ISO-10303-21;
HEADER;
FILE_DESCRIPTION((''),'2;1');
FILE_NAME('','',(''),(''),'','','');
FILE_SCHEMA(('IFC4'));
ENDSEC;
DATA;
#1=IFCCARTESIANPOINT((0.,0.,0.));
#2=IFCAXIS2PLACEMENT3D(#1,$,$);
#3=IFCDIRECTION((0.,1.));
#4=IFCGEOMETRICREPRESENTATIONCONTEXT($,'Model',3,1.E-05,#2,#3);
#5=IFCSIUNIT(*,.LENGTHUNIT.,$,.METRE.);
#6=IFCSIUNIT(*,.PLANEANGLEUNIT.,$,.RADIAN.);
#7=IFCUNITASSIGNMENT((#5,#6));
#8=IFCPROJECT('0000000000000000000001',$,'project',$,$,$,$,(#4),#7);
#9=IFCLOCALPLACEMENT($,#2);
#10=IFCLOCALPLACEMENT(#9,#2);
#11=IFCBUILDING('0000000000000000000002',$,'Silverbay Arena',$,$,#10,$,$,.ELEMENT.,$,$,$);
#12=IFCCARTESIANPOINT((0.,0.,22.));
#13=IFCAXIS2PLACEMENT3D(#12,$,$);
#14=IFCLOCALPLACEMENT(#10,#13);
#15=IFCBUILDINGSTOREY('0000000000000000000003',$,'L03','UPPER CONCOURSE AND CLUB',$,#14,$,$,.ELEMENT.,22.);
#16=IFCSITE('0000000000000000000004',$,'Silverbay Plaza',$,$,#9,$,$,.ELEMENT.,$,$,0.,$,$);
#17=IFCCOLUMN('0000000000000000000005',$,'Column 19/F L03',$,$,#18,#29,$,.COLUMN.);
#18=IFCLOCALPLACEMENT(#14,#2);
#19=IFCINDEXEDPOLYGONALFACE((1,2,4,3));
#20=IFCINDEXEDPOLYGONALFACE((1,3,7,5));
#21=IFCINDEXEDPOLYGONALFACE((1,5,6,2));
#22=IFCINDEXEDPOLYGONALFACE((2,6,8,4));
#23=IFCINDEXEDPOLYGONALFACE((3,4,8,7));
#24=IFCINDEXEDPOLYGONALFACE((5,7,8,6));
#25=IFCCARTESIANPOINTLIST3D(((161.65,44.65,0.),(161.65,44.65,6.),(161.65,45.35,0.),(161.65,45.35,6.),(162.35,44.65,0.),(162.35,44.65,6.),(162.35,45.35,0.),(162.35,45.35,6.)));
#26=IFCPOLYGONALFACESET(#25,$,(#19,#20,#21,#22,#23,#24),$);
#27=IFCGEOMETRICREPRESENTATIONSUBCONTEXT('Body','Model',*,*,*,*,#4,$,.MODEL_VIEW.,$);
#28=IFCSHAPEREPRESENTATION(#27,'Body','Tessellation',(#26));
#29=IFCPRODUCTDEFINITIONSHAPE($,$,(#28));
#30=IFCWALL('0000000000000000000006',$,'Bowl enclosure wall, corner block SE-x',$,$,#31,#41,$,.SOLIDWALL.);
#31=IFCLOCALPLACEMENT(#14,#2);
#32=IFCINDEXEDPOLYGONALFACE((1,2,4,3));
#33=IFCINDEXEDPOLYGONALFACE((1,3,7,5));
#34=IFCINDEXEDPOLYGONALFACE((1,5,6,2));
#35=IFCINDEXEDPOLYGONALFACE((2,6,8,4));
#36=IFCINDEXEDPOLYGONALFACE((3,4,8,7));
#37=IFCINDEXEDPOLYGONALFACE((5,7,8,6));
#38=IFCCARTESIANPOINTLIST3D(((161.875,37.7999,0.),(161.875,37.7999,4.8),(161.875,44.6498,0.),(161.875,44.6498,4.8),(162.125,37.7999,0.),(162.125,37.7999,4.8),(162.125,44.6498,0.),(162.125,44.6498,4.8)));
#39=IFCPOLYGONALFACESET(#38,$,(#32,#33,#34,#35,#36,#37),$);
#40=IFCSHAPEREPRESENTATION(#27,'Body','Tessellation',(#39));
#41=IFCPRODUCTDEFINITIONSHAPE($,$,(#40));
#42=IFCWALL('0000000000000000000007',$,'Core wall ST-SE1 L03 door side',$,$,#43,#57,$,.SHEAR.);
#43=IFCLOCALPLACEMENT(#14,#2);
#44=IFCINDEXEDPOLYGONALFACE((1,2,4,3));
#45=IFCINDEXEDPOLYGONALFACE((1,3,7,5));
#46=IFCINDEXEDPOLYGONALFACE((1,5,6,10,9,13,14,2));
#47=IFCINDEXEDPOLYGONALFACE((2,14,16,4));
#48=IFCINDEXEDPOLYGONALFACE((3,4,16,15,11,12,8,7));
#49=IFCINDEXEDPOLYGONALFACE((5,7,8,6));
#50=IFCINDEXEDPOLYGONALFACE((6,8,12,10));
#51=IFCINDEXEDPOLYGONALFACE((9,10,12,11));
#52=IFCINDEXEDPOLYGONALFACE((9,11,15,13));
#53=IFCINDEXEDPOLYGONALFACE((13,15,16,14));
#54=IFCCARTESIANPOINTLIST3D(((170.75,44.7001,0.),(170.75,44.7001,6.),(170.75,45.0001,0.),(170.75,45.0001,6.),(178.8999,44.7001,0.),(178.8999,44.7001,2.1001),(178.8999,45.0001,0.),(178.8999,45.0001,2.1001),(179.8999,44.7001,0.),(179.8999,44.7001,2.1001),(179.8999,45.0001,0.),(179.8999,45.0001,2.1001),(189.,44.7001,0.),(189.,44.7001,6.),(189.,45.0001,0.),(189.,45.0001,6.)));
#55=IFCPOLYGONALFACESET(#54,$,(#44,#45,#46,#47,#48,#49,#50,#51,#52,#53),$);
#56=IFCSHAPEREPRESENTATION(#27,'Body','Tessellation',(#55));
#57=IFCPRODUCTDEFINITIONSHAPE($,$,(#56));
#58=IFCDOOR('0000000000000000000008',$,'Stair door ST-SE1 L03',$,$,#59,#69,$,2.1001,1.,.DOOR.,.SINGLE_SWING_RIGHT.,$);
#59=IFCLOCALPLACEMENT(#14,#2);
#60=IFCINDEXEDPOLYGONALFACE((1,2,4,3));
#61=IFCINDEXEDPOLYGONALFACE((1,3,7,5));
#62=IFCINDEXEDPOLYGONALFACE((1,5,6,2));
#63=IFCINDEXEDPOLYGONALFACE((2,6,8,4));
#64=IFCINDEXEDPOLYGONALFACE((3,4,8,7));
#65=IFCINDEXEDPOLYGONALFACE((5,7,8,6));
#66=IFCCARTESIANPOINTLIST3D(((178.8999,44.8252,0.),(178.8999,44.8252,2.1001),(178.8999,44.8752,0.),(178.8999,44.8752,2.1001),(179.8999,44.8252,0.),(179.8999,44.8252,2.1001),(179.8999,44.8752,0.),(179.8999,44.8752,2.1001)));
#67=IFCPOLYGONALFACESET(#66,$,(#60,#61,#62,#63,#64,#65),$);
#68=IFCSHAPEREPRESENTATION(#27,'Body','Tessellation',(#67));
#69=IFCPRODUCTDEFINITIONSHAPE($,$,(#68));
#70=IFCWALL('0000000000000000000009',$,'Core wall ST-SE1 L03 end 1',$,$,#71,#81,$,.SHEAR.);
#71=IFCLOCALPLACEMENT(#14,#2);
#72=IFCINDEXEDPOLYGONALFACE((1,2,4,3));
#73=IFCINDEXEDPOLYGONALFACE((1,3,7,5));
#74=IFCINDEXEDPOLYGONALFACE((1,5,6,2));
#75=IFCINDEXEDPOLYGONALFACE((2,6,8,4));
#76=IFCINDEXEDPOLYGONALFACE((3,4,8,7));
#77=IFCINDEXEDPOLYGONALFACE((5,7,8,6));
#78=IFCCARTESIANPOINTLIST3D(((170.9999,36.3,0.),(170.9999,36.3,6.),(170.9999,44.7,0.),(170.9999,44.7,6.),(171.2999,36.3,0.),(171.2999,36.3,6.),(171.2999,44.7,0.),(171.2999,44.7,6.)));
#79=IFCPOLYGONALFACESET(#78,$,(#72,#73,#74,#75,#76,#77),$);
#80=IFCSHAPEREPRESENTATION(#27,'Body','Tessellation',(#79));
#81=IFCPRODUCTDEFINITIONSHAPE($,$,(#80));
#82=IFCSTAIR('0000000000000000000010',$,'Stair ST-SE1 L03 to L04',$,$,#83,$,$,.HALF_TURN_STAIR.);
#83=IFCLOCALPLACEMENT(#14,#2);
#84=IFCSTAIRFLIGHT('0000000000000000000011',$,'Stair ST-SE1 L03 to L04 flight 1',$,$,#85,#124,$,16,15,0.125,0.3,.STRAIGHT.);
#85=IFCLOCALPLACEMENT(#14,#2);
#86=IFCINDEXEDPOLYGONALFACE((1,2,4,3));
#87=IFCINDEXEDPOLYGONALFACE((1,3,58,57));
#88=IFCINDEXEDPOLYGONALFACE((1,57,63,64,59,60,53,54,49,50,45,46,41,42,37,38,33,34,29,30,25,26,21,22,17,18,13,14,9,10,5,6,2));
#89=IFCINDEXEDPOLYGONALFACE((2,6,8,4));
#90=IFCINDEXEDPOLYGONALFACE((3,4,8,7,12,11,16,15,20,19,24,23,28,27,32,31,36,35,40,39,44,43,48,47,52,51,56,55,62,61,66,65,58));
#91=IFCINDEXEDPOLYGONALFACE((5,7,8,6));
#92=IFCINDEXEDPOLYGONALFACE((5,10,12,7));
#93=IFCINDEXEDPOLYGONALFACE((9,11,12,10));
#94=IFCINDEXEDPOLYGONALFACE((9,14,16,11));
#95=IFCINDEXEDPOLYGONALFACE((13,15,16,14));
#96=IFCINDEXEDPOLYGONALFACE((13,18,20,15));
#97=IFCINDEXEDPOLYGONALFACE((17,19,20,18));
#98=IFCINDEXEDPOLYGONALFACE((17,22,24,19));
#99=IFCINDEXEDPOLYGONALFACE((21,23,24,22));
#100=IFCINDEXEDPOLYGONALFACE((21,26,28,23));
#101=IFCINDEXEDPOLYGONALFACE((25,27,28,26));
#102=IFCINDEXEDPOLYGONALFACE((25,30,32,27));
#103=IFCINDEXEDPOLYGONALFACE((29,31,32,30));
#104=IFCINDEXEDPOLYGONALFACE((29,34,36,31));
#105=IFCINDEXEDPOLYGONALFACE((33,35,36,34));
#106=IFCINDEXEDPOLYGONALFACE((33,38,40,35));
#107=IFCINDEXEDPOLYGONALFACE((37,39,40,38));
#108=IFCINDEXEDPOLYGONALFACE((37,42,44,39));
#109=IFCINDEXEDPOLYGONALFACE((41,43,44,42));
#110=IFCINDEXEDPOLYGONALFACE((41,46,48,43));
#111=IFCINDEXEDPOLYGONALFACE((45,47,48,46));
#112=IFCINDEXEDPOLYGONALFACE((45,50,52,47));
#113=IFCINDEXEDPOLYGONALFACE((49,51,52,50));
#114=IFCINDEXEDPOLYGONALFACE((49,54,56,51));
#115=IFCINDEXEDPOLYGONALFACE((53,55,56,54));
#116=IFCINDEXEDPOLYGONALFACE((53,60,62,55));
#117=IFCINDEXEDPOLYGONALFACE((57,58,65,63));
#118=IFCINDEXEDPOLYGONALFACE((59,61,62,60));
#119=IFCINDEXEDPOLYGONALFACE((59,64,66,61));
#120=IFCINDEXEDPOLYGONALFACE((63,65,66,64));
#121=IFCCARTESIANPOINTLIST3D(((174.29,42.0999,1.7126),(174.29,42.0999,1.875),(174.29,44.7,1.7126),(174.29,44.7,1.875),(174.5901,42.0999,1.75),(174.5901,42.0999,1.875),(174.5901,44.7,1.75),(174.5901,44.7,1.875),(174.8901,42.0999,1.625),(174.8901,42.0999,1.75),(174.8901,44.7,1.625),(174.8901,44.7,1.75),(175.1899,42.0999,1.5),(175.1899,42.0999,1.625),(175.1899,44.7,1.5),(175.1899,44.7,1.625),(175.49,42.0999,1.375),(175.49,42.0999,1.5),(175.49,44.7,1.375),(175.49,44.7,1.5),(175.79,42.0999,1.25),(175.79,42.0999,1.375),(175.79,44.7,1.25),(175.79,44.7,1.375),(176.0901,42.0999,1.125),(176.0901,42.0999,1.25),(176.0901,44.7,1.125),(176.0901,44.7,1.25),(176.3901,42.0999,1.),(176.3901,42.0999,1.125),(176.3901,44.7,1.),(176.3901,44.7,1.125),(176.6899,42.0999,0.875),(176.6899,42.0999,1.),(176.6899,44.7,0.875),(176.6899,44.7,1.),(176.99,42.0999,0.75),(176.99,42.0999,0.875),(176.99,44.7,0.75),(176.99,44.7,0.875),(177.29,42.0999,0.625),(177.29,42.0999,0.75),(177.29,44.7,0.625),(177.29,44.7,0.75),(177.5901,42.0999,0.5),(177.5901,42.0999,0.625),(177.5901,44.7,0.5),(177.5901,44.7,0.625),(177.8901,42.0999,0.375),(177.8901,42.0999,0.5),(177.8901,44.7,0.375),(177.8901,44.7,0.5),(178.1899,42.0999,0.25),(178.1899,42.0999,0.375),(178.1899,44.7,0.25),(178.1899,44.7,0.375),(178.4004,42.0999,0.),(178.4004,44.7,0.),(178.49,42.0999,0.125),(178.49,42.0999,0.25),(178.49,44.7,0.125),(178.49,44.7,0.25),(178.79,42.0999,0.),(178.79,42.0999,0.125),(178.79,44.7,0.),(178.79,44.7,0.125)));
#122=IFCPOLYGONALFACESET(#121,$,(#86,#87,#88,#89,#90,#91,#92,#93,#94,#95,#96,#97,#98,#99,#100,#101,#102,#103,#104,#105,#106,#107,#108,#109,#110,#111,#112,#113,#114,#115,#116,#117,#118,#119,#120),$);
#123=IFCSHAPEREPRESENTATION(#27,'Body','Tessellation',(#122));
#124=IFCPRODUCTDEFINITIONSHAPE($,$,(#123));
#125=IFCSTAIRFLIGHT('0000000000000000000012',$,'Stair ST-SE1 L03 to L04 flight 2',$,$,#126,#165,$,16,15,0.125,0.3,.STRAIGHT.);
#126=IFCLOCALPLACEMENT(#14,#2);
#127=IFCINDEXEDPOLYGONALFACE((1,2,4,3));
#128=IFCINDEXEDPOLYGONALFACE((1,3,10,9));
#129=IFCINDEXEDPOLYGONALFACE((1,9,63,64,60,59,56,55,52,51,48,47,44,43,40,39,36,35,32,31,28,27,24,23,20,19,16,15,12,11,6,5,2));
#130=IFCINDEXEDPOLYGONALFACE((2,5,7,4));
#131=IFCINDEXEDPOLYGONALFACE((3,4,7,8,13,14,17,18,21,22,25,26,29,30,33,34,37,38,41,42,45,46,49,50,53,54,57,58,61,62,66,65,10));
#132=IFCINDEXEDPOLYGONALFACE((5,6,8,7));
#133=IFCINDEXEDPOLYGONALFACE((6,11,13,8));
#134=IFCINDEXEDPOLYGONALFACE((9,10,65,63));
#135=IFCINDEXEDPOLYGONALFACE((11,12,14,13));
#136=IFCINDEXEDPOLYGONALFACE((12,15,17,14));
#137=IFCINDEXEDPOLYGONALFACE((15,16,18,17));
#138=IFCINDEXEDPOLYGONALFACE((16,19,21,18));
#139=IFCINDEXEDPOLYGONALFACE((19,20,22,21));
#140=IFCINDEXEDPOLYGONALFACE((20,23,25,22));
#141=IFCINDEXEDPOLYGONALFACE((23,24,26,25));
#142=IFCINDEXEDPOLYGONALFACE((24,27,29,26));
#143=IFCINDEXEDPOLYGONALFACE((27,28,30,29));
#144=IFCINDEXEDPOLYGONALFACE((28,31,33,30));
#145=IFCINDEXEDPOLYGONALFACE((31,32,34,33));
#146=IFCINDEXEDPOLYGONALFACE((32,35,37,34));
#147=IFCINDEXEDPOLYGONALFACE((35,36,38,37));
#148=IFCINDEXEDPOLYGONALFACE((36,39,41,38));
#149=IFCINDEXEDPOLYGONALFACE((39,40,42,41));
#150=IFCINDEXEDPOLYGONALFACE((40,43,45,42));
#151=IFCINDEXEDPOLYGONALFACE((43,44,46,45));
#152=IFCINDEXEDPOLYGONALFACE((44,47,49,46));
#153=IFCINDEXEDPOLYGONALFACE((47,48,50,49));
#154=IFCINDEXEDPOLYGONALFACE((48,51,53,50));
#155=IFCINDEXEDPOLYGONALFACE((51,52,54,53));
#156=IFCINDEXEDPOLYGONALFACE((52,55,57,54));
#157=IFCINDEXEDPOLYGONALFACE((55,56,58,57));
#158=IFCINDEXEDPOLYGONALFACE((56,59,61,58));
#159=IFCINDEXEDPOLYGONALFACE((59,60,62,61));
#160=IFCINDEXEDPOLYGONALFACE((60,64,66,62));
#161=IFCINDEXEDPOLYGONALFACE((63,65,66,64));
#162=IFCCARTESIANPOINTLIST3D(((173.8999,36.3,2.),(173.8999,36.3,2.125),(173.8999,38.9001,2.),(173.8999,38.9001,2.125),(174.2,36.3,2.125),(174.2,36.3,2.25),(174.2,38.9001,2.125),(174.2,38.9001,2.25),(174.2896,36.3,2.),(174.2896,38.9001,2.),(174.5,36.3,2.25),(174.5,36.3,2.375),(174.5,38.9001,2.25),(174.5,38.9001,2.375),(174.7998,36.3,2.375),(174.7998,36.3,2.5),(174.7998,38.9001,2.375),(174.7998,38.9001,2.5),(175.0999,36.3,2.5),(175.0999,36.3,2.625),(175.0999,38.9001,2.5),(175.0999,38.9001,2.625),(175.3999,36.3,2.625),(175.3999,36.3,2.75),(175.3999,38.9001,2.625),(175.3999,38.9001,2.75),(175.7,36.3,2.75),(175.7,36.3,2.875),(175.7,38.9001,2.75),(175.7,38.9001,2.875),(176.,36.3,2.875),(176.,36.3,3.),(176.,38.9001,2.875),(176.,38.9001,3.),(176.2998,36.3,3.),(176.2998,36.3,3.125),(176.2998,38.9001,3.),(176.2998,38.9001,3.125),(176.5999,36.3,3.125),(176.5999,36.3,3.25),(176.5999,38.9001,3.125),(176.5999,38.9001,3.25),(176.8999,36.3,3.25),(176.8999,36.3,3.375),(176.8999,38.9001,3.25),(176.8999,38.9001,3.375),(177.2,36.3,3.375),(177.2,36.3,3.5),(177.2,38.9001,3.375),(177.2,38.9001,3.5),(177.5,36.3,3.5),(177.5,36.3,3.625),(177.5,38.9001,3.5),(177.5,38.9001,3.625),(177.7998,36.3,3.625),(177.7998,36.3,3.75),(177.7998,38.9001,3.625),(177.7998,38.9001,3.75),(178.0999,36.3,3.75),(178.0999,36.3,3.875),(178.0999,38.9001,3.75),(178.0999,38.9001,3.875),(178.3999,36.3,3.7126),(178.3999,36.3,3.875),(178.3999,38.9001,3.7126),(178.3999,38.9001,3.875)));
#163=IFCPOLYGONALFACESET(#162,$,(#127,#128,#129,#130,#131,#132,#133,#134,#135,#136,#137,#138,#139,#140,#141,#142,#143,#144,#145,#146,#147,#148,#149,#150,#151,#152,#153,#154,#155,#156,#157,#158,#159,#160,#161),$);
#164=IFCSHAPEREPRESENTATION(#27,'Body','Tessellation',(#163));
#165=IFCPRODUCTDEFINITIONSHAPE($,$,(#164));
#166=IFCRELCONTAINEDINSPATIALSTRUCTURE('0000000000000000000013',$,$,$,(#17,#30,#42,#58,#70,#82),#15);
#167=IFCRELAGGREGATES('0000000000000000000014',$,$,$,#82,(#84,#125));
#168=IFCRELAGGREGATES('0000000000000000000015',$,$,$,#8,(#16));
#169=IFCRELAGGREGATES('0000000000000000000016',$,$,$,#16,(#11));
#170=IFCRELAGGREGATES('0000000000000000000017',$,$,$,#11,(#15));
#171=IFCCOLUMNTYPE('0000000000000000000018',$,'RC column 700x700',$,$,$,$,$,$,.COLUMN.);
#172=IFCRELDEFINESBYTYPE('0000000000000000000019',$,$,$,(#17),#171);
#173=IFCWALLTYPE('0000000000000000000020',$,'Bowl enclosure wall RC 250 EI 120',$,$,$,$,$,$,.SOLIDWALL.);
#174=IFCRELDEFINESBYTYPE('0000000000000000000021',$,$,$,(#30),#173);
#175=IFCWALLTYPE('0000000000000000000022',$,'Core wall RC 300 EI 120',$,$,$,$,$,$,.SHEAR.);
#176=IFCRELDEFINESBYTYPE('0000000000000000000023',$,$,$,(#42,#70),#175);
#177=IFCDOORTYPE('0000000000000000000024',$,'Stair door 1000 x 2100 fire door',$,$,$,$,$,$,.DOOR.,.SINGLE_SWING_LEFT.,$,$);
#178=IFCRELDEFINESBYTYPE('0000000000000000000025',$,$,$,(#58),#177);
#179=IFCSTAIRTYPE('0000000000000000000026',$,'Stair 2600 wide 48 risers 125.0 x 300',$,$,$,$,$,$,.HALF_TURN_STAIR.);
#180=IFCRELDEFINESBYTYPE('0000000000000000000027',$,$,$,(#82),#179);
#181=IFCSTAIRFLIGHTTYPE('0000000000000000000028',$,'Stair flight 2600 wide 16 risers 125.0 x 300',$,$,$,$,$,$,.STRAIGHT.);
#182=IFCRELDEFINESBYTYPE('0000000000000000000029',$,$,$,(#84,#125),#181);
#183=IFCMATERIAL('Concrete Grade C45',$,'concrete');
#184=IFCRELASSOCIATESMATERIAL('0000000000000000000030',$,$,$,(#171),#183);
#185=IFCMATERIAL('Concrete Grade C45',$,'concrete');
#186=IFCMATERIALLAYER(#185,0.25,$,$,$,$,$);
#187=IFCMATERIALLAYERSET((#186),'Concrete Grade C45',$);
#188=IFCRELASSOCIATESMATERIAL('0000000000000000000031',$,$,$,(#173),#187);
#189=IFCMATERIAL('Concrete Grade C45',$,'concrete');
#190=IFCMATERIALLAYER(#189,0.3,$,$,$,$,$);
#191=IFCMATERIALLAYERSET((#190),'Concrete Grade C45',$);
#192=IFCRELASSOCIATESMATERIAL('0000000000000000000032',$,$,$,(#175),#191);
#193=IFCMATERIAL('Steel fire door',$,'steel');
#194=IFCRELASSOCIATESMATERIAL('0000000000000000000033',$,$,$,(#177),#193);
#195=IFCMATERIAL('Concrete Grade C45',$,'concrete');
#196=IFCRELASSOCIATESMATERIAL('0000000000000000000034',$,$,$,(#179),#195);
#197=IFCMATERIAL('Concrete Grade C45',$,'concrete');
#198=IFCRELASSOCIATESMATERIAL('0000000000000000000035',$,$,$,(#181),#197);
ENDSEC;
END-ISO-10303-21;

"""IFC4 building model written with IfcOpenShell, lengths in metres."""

from ifc_helpers import new_model, si_unit, direction, frame, frame_2d, origin, origin_2d, place, context, subcontext, project, spatial, polyline, rectangle, outline, extrude, material, layer, layer_set, material_profile, profile_set, type_object, element, fill, aggregate, save


model = new_model("IFC4")

# Units and contexts
model_context = context("Model", 3, precision=1e-05, world=origin(), true_north=direction((0.0, 1.0)))
body_context = subcontext(model_context, "Body", "Model", "MODEL_VIEW")
ifc_project = project(units=[si_unit("LENGTHUNIT", "METRE"), si_unit("PLANEANGLEUNIT", "RADIAN")], contexts=[model_context])

# Site, building, storey
site_placement = place(None, origin())
site = spatial("IfcSite", under=ifc_project, at=site_placement, Name="Silverbay Plaza", CompositionType="ELEMENT", RefElevation=0.0)
building_placement = place(site_placement, origin())
building = spatial("IfcBuilding", under=site, at=building_placement, Name="Silverbay Arena", CompositionType="ELEMENT")
storey_placement = place(building_placement, frame((0.0, 0.0, 22.0)))
storey = spatial("IfcBuildingStorey", under=building, at=storey_placement, Name="L03", Description="UPPER CONCOURSE AND CLUB", CompositionType="ELEMENT", Elevation=22.0)

# Column
ifc_material_1 = material(Name="Concrete Grade C45", Category="concrete")
ifc_material_profile = material_profile(ifc_material_1, rectangle(XDim=0.7, YDim=0.7, at=origin_2d()), Name="RC 700x700")
ifc_profile_set = profile_set([ifc_material_profile], Name="Concrete Grade C45")
column_type = type_object("IfcColumnType", Name="RC column 700x700", PredefinedType="COLUMN", material=ifc_profile_set)
column_placement = place(storey_placement, frame((162.0, 45.0, 0.0), z_axis=(0.0, 0.0, 1.0), x_axis=(1.0, 0.0, 0.0)))
element("IfcColumn", 1, at=column_placement, inside=storey, type_object=column_type, Name="Column 19/F L03", PredefinedType="COLUMN", context=body_context, shape_type="SweptSolid", body=[
    extrude(rectangle(XDim=0.7, YDim=0.7, at=origin_2d()), origin(), (0.0, 0.0, 1.0), 6.0),
])

# Shared definitions
ifc_material_2 = material(Name="Concrete Grade C45", Category="concrete")
ifc_layer_1 = layer(ifc_material_2, 0.25)
ifc_layer_set_1 = layer_set([ifc_layer_1], Name="Concrete Grade C45")
wall_type_1 = type_object("IfcWallType", Name="Bowl enclosure wall RC 250 EI 120", PredefinedType="SOLIDWALL", material=ifc_layer_set_1)

# Wall
wall_1_placement = place(storey_placement, frame((162.0, 37.8, 0.0), z_axis=(0.0, 0.0, 1.0), x_axis=(0.0, 1.0, 0.0)))
element("IfcWall", 2, at=wall_1_placement, inside=storey, type_object=wall_type_1, Name="Bowl enclosure wall, corner block SE-x", PredefinedType="SOLIDWALL", context=body_context, shape_type="SweptSolid", body=[
    extrude(rectangle(XDim=6.8499, YDim=0.25, at=frame_2d((3.4248, 0.0))), origin(), (0.0, 0.0, 1.0), 4.8),
])

# Wall, opening, door
ifc_material_3 = material(Name="Concrete Grade C45", Category="concrete")
ifc_layer_2 = layer(ifc_material_3, 0.3)
ifc_layer_set_2 = layer_set([ifc_layer_2], Name="Concrete Grade C45")
wall_type_2 = type_object("IfcWallType", Name="Core wall RC 300 EI 120", PredefinedType="SHEAR", material=ifc_layer_set_2)
wall_2_placement = place(storey_placement, frame((170.75, 44.8501, 0.0), z_axis=(0.0, 0.0, 1.0), x_axis=(1.0, 0.0, 0.0)))
wall_2 = element("IfcWall", 3, at=wall_2_placement, inside=storey, type_object=wall_type_2, Name="Core wall ST-SE1 L03 door side", PredefinedType="SHEAR", context=body_context, shape_type="SweptSolid", body=[
    extrude(rectangle(XDim=18.25, YDim=0.3, at=frame_2d((9.125, 0.0))), origin(), (0.0, 0.0, 1.0), 6.0),
])
opening_1_placement = place(wall_2_placement, frame((8.1499, 0.0, 0.0)))
opening_1 = element("IfcOpeningElement", 4, at=opening_1_placement, cuts=wall_2, PredefinedType="OPENING", context=body_context, shape_type="SweptSolid", body=[
    extrude(rectangle(XDim=1.0, YDim=2.1001, at=frame_2d((0.5, 1.05))), frame((0.0, 0.1602, 0.0), z_axis=(0.0, -1.0, 0.0), x_axis=(1.0, 0.0, 0.0)), (0.0, 0.0, 1.0), 0.3201),
])
ifc_material_4 = material(Name="Steel fire door", Category="steel")
door_type_1 = type_object("IfcDoorType", Name="Stair door 1000 x 2100 fire door", OperationType="SINGLE_SWING_LEFT", PredefinedType="DOOR", material=ifc_material_4)
door_1_placement = place(opening_1_placement, frame((1.0, 0.0, 0.0), z_axis=(0.0, 0.0, 1.0), x_axis=(-1.0, 0.0, 0.0)))
door_1 = element("IfcDoor", 5, at=door_1_placement, inside=storey, type_object=door_type_1, Name="Stair door ST-SE1 L03", OperationType="SINGLE_SWING_RIGHT", OverallHeight=2.1001, OverallWidth=1.0, PredefinedType="DOOR", context=body_context, shape_type="SweptSolid", body=[
    extrude(rectangle(XDim=1.0, YDim=2.1001, at=frame_2d((0.5, 1.05))), frame((0.0, 0.0249, 0.0), z_axis=(0.0, -1.0, 0.0), x_axis=(1.0, 0.0, 0.0)), (0.0, 0.0, 1.0), 0.05),
])
fill(opening_1, door_1)

# Wall
wall_3_placement = place(storey_placement, frame((171.1499, 44.7, 0.0), z_axis=(0.0, 0.0, 1.0), x_axis=(0.0, -1.0, 0.0)))
element("IfcWall", 6, at=wall_3_placement, inside=storey, type_object=wall_type_2, Name="Core wall ST-SE1 L03 end 1", PredefinedType="SHEAR", context=body_context, shape_type="SweptSolid", body=[
    extrude(rectangle(XDim=8.3999, YDim=0.3, at=frame_2d((4.2, 0.0))), origin(), (0.0, 0.0, 1.0), 6.0),
])

# Stair, stair flights
ifc_material_5 = material(Name="Concrete Grade C45", Category="concrete")
stair_type = type_object("IfcStairType", Name="Stair 2600 wide 48 risers 125.0 x 300", PredefinedType="HALF_TURN_STAIR", material=ifc_material_5)
stair_placement = place(storey_placement, origin())
stair = element("IfcStair", 7, at=stair_placement, inside=storey, type_object=stair_type, Name="Stair ST-SE1 L03 to L04", PredefinedType="HALF_TURN_STAIR")
ifc_material_6 = material(Name="Concrete Grade C45", Category="concrete")
stair_flight_type = type_object("IfcStairFlightType", Name="Stair flight 2600 wide 16 risers 125.0 x 300", PredefinedType="STRAIGHT", material=ifc_material_6)
stair_flight_1_placement = place(storey_placement, frame((178.79, 43.3999, 0.0), z_axis=(0.0, 0.0, 1.0), x_axis=(-1.0, 0.0, 0.0)))
stair_flight_1 = element("IfcStairFlight", 8, at=stair_flight_1_placement, type_object=stair_flight_type, Name="Stair ST-SE1 L03 to L04 flight 1", NumberOfRisers=16, NumberOfTreads=15, PredefinedType="STRAIGHT", RiserHeight=0.125, TreadLength=0.3, context=body_context, shape_type="SweptSolid", body=[
    extrude(outline(polyline([(0.0, 0.0), (0.0, 0.125), (0.3, 0.125), (0.3, 0.25), (0.6001, 0.25), (0.6001, 0.375), (0.8999, 0.375), (0.8999, 0.5), (1.2, 0.5), (1.2, 0.625), (1.5, 0.625), (1.5, 0.75), (1.8, 0.75), (1.8, 0.875), (2.1001, 0.875), (2.1001, 1.0), (2.3999, 1.0), (2.3999, 1.125), (2.7, 1.125), (2.7, 1.25), (3.0, 1.25), (3.0, 1.375), (3.3, 1.375), (3.3, 1.5), (3.6001, 1.5), (3.6001, 1.625), (3.8999, 1.625), (3.8999, 1.75), (4.2, 1.75), (4.2, 1.875), (4.5, 1.875), (4.5, 1.7126), (0.3896, 0.0), (0.0, 0.0)])), frame((0.0, 1.3, 0.0), z_axis=(0.0, -1.0, 0.0), x_axis=(1.0, 0.0, 0.0)), (0.0, 0.0, 1.0), 2.6001),
])
stair_flight_2_placement = place(storey_placement, frame((173.8999, 37.6001, 2.0), z_axis=(0.0, 0.0, 1.0), x_axis=(1.0, 0.0, 0.0)))
stair_flight_2 = element("IfcStairFlight", 9, at=stair_flight_2_placement, type_object=stair_flight_type, Name="Stair ST-SE1 L03 to L04 flight 2", NumberOfRisers=16, NumberOfTreads=15, PredefinedType="STRAIGHT", RiserHeight=0.125, TreadLength=0.3, context=body_context, shape_type="SweptSolid", body=[
    extrude(outline(polyline([(0.0, 0.0), (0.0, 0.125), (0.3, 0.125), (0.3, 0.25), (0.6001, 0.25), (0.6001, 0.375), (0.8999, 0.375), (0.8999, 0.5), (1.2, 0.5), (1.2, 0.625), (1.5, 0.625), (1.5, 0.75), (1.8, 0.75), (1.8, 0.875), (2.1001, 0.875), (2.1001, 1.0), (2.3999, 1.0), (2.3999, 1.125), (2.7, 1.125), (2.7, 1.25), (3.0, 1.25), (3.0, 1.375), (3.3, 1.375), (3.3, 1.5), (3.6001, 1.5), (3.6001, 1.625), (3.8999, 1.625), (3.8999, 1.75), (4.2, 1.75), (4.2, 1.875), (4.5, 1.875), (4.5, 1.7126), (0.3896, 0.0), (0.0, 0.0)])), frame((0.0, 1.3, 0.0), z_axis=(0.0, -1.0, 0.0), x_axis=(1.0, 0.0, 0.0)), (0.0, 0.0, 1.0), 2.6001),
])
aggregate(stair, [stair_flight_1, stair_flight_2])

save(model, "model.ifc")
